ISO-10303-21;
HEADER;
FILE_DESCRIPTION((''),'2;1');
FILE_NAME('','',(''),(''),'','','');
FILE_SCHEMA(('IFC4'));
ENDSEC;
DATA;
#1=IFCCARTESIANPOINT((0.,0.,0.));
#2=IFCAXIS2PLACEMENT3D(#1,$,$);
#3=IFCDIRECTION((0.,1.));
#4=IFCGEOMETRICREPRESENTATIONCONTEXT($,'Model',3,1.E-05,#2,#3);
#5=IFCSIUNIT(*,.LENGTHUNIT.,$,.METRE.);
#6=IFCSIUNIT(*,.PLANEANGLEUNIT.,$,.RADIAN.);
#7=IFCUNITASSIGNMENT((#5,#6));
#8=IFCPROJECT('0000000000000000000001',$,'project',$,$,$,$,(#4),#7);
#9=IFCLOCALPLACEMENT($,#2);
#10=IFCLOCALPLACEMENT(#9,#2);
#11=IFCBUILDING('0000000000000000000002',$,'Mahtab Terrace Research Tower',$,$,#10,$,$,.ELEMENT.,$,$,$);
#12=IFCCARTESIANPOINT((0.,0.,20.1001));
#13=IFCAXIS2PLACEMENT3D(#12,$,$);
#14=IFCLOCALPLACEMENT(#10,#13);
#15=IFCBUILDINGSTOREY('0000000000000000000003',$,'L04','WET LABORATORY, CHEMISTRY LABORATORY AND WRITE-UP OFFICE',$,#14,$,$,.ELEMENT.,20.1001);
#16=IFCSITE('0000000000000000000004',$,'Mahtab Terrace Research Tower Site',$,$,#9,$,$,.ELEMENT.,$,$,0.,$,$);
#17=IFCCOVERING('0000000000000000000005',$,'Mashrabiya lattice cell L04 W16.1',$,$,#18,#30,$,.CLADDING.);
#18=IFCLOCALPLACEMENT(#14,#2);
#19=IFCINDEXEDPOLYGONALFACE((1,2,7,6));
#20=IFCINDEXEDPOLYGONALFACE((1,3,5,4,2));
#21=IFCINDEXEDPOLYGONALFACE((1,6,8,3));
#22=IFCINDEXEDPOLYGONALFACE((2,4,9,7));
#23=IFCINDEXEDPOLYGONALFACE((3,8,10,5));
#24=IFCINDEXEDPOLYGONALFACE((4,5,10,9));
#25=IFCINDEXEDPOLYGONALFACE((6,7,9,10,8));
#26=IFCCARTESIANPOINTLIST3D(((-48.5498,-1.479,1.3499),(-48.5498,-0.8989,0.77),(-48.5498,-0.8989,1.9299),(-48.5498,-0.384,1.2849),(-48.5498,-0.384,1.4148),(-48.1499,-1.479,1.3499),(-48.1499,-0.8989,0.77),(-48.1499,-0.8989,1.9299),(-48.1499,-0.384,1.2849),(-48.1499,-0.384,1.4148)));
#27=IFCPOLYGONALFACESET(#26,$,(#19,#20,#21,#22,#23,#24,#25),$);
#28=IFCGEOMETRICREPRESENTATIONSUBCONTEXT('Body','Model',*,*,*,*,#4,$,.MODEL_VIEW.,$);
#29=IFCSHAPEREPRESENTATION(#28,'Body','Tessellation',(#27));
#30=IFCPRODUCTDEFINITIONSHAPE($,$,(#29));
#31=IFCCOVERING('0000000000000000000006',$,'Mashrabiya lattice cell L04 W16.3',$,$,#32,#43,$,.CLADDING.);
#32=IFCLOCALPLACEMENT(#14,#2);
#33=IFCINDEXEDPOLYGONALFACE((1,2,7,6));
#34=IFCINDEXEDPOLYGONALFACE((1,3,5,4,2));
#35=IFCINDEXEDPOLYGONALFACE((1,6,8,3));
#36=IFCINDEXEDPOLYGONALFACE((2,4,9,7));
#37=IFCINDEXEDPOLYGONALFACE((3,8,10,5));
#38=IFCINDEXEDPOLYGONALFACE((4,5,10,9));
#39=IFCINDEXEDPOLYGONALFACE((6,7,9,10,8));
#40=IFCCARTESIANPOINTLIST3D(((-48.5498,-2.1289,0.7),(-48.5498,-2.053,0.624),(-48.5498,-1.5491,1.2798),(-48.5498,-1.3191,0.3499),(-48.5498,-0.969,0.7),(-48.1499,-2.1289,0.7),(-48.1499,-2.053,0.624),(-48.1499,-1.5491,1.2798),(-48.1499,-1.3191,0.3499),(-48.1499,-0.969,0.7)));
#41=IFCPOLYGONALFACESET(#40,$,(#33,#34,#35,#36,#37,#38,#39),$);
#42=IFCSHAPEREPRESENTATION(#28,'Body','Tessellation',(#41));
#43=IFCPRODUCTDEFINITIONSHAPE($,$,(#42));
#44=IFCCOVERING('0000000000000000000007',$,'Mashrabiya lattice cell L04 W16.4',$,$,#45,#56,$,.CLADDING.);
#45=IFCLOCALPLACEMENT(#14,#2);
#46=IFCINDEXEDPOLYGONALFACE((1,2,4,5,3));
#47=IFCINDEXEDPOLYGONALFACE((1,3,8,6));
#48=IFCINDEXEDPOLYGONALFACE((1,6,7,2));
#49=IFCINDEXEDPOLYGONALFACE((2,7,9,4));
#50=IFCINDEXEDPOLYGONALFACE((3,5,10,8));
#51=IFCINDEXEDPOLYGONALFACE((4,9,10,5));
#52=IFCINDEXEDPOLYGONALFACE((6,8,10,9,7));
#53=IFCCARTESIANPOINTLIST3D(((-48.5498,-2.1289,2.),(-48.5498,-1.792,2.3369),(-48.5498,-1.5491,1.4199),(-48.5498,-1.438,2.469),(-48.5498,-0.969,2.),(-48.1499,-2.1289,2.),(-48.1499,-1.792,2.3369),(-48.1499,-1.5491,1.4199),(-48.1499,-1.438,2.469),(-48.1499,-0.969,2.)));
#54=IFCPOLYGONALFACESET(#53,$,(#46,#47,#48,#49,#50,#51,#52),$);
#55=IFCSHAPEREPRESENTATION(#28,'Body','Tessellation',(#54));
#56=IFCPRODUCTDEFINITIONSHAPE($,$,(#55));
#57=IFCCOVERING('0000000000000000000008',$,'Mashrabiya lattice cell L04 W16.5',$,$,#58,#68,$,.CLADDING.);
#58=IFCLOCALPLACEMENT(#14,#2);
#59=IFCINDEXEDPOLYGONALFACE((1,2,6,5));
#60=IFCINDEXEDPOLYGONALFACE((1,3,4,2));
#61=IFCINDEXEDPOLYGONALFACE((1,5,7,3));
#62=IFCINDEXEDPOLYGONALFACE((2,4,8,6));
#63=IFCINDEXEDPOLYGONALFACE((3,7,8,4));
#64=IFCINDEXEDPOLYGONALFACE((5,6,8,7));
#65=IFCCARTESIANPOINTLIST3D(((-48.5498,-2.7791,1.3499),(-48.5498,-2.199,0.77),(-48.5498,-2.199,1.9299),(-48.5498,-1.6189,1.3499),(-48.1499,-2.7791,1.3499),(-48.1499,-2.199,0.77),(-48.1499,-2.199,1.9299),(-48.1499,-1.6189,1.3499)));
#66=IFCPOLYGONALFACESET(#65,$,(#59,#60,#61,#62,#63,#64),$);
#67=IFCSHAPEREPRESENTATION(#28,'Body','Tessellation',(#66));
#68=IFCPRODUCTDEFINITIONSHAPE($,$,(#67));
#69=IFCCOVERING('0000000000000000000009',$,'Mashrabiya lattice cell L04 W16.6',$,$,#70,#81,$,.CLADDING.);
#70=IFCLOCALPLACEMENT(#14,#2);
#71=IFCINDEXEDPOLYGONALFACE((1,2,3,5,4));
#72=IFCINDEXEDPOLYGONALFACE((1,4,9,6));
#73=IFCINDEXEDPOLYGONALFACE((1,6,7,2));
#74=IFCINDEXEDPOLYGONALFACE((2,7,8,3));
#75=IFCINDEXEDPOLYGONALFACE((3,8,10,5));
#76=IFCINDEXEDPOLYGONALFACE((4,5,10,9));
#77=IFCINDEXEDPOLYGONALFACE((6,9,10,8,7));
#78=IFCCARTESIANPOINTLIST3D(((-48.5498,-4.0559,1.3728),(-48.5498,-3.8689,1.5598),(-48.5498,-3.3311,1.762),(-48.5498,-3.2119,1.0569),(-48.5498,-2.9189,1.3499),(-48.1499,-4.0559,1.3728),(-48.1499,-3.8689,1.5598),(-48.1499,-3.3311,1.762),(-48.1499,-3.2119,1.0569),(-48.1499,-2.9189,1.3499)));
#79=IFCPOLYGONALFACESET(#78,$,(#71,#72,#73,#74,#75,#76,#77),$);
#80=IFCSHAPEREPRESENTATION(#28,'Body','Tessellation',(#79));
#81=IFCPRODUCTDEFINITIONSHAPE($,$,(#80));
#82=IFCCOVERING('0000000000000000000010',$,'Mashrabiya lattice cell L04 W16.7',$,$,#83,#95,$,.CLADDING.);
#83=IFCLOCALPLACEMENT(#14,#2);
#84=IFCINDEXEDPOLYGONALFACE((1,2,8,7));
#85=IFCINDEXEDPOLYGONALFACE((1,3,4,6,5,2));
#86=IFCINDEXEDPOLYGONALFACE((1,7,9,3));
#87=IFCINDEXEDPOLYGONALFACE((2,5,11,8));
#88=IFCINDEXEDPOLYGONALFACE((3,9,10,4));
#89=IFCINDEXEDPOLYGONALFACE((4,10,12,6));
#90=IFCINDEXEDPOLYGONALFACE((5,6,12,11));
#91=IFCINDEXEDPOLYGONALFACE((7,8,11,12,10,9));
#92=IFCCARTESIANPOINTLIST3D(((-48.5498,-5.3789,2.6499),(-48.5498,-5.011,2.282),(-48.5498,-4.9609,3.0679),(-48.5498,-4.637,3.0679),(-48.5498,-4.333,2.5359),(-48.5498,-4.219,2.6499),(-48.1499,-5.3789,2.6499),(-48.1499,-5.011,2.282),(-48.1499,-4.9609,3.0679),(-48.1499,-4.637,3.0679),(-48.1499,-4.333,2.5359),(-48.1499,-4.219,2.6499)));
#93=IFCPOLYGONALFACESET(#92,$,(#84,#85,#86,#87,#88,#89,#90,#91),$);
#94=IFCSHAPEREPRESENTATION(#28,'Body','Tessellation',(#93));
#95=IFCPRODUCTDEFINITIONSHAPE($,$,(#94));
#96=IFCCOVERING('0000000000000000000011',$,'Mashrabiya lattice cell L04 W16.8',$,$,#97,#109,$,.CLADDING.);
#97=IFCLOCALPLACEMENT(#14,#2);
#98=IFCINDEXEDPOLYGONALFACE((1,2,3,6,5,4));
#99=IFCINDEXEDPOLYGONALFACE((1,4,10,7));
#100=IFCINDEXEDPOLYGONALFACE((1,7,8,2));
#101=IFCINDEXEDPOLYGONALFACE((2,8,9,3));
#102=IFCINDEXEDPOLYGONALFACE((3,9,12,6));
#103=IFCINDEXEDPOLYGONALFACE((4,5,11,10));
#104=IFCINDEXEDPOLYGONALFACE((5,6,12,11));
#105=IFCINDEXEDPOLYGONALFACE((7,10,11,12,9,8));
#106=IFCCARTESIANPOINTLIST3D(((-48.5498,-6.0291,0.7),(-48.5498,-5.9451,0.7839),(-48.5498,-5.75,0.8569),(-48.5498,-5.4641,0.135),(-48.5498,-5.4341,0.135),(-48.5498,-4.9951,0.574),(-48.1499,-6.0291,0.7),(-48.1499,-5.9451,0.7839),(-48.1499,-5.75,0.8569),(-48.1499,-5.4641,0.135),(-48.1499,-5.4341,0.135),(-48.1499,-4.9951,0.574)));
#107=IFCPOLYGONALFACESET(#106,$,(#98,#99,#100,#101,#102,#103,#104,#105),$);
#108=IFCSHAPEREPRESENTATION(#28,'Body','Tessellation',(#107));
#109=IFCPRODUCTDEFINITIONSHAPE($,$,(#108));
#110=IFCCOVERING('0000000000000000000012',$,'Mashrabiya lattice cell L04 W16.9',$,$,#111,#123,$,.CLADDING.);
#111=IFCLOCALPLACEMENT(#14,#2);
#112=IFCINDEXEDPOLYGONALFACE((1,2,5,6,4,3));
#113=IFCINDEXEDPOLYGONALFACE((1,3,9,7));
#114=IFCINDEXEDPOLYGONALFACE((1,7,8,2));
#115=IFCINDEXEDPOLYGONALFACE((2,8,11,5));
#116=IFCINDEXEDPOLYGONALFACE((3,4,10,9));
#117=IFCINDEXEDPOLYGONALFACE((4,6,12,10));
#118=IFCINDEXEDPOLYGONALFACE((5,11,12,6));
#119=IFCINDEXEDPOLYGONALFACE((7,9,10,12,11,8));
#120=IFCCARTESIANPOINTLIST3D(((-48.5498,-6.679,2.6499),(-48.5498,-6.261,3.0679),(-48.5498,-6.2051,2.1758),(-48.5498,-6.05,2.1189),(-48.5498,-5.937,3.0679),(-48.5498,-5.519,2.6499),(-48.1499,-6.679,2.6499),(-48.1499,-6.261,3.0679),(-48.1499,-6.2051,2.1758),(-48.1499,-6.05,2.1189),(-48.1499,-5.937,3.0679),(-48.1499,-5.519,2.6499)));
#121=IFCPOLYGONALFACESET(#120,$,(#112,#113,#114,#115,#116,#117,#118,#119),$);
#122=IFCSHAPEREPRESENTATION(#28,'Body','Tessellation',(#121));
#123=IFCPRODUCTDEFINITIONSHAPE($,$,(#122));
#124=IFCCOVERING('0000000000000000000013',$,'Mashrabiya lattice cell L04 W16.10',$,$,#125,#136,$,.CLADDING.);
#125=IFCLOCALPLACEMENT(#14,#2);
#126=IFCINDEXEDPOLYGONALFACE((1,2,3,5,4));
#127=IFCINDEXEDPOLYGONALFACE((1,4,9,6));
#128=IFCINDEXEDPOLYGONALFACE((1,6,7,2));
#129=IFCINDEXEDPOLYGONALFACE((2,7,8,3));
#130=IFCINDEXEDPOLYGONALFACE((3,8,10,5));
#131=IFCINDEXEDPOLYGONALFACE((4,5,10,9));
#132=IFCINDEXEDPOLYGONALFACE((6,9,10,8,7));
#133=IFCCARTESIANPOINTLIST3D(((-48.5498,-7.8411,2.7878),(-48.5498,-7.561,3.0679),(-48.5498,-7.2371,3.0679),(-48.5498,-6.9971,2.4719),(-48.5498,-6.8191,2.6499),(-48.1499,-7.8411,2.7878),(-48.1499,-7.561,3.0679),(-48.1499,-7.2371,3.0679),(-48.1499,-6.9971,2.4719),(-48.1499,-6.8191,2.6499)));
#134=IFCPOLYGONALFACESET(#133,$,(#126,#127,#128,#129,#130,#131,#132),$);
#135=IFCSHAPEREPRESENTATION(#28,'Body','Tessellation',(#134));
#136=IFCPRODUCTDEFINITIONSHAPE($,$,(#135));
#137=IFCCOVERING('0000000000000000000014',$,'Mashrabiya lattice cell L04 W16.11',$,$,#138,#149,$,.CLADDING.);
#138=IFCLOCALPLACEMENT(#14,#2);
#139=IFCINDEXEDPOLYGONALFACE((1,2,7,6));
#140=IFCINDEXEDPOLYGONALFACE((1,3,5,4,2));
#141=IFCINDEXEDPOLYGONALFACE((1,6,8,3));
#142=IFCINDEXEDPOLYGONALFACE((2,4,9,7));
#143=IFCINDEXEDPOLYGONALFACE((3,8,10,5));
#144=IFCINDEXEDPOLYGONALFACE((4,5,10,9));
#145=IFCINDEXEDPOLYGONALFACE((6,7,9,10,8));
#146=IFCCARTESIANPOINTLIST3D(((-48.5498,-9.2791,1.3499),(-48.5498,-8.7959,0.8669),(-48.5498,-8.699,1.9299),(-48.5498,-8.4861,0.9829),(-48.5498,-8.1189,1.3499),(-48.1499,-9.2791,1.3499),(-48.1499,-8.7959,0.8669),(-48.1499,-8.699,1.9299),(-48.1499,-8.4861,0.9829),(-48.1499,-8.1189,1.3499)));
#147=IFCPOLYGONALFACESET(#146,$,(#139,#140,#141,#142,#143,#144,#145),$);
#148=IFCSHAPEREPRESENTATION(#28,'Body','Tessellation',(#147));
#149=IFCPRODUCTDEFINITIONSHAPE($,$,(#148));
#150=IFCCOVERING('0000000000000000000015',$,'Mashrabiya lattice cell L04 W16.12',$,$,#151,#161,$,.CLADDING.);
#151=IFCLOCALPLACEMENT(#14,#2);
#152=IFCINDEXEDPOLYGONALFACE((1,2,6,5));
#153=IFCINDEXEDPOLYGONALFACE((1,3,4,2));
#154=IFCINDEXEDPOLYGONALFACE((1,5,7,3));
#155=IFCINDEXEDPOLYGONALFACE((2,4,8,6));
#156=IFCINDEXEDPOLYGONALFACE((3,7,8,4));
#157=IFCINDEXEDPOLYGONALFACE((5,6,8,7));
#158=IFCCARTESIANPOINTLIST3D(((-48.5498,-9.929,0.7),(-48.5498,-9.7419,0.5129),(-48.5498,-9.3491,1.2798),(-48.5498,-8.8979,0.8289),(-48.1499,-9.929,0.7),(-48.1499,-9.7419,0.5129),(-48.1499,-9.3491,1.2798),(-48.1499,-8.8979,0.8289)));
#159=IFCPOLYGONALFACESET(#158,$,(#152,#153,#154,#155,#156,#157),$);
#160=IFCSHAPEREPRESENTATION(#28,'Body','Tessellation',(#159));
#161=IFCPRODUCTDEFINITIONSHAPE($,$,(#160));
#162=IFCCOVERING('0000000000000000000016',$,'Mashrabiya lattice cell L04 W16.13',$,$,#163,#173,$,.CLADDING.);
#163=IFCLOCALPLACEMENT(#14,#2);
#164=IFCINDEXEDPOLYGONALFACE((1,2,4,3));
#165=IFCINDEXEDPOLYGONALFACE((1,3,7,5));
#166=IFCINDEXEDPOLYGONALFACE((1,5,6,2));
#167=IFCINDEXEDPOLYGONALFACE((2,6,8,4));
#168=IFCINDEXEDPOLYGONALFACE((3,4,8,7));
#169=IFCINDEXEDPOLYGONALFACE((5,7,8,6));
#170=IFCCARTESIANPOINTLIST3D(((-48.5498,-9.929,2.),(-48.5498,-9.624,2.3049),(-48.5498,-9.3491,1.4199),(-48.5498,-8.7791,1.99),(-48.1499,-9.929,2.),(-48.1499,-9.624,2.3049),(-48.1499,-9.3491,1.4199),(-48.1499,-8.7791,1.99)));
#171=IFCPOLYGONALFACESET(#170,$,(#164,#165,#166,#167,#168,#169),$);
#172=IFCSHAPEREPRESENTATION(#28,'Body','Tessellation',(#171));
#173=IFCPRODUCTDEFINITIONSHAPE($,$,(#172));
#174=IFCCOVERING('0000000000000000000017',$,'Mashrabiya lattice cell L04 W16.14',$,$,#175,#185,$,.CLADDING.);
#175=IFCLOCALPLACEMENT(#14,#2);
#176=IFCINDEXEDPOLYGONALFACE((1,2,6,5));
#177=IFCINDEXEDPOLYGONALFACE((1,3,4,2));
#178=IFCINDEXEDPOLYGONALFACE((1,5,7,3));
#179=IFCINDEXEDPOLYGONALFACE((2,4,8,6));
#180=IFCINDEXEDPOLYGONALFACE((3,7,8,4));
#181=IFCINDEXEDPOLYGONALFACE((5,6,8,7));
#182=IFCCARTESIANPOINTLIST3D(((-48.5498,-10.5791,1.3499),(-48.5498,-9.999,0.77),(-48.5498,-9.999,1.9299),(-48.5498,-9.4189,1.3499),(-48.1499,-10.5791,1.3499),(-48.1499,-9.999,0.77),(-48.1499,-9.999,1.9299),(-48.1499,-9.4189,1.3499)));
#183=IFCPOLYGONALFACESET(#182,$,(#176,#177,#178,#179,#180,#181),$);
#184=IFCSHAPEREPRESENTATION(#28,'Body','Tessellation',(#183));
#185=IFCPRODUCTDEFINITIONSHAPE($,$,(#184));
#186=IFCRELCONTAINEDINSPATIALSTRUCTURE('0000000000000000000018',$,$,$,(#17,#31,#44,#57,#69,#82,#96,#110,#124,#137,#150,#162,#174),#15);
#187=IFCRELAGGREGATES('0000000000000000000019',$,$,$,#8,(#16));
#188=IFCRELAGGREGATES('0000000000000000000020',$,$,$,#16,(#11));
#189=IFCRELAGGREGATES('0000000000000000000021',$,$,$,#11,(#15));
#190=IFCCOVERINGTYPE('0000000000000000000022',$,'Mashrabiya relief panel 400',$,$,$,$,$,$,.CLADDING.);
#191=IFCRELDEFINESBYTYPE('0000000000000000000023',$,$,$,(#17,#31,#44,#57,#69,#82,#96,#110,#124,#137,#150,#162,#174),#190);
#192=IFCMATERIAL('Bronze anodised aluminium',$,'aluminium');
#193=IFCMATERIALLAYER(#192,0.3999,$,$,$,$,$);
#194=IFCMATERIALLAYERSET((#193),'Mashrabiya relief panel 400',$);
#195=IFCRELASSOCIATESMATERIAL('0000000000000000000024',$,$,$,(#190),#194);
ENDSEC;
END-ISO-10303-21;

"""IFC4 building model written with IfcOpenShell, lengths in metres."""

from ifc_helpers import new_model, si_unit, direction, frame, origin, place, context, subcontext, project, spatial, polyline, outline, extrude, material, layer, layer_set, type_object, element, save


model = new_model("IFC4")

# Units and contexts
model_context = context("Model", 3, precision=1e-05, world=origin(), true_north=direction((0.0, 1.0)))
body_context = subcontext(model_context, "Body", "Model", "MODEL_VIEW")
ifc_project = project(units=[si_unit("LENGTHUNIT", "METRE"), si_unit("PLANEANGLEUNIT", "RADIAN")], contexts=[model_context])

# Site, building, storey
site_placement = place(None, origin())
site = spatial("IfcSite", under=ifc_project, at=site_placement, Name="Mahtab Terrace Research Tower Site", CompositionType="ELEMENT", RefElevation=0.0)
building_placement = place(site_placement, origin())
building = spatial("IfcBuilding", under=site, at=building_placement, Name="Mahtab Terrace Research Tower", CompositionType="ELEMENT")
storey_placement = place(building_placement, frame((0.0, 0.0, 20.1001)))
storey = spatial("IfcBuildingStorey", under=building, at=storey_placement, Name="L04", Description="WET LABORATORY, CHEMISTRY LABORATORY AND WRITE-UP OFFICE", CompositionType="ELEMENT", Elevation=20.1001)

# Coverings
ifc_material = material(Name="Bronze anodised aluminium", Category="aluminium")
ifc_layer = layer(ifc_material, 0.3999)
ifc_layer_set = layer_set([ifc_layer], Name="Mashrabiya relief panel 400")
covering_type = type_object("IfcCoveringType", Name="Mashrabiya relief panel 400", PredefinedType="CLADDING", material=ifc_layer_set)
covering_1_placement = place(storey_placement, frame((-48.1499, -0.8989, 1.9299), z_axis=(1.0, 0.0, 0.0), x_axis=(0.0, -0.707107, -0.707107)))
element("IfcCovering", 1, at=covering_1_placement, inside=storey, type_object=covering_type, Name="Mashrabiya lattice cell L04 W16.1", PredefinedType="CLADDING", context=body_context, shape_type="SweptSolid", body=[
    extrude(outline(polyline([(0.0, 0.0), (0.8204, 0.0), (0.8202, 0.8202), (0.092, 0.8202), (0.0002, 0.7283), (0.0, 0.0)])), origin(), (0.0, 0.0, -1.0), 0.3999),
])
covering_2_placement = place(storey_placement, frame((-48.1499, -0.969, 0.7), z_axis=(1.0, 0.0, 0.0), x_axis=(0.0, -0.707256, 0.706958)))
element("IfcCovering", 2, at=covering_2_placement, inside=storey, type_object=covering_type, Name="Mashrabiya lattice cell L04 W16.3", PredefinedType="CLADDING", context=body_context, shape_type="SweptSolid", body=[
    extrude(outline(polyline([(0.0, 0.0), (0.8202, 0.0), (0.8204, 0.82), (0.713, 0.82), (0.0001, 0.4951), (0.0, 0.0)])), origin(), (0.0, 0.0, -1.0), 0.3999),
])
covering_3_placement = place(storey_placement, frame((-48.1499, -2.1289, 2.0), z_axis=(1.0, 0.0, 0.0), x_axis=(0.0, 0.706958, -0.707256)))
element("IfcCovering", 3, at=covering_3_placement, inside=storey, type_object=covering_type, Name="Mashrabiya lattice cell L04 W16.4", PredefinedType="CLADDING", context=body_context, shape_type="SweptSolid", body=[
    extrude(outline(polyline([(0.0, 0.0), (0.8202, 0.0), (0.82, 0.8204), (0.1568, 0.8202), (-0.0001, 0.4765), (0.0, 0.0)])), origin(), (0.0, 0.0, -1.0), 0.3999),
])
covering_4_placement = place(storey_placement, frame((-48.1499, -2.199, 1.9299), z_axis=(1.0, 0.0, 0.0), x_axis=(0.0, -0.707107, -0.707107)))
element("IfcCovering", 4, at=covering_4_placement, inside=storey, type_object=covering_type, Name="Mashrabiya lattice cell L04 W16.5", PredefinedType="CLADDING", context=body_context, shape_type="SweptSolid", body=[
    extrude(outline(polyline([(0.0, 0.0), (0.8204, 0.0), (0.8202, 0.8202), (0.0, 0.8204), (0.0, 0.0)])), origin(), (0.0, 0.0, -1.0), 0.3999),
])
covering_5_placement = place(storey_placement, frame((-48.1499, -2.9189, 1.3499), z_axis=(1.0, 0.0, 0.0), x_axis=(0.0, -0.707107, 0.707107)))
element("IfcCovering", 5, at=covering_5_placement, inside=storey, type_object=covering_type, Name="Mashrabiya lattice cell L04 W16.6", PredefinedType="CLADDING", context=body_context, shape_type="SweptSolid", body=[
    extrude(outline(polyline([(0.0, 0.0), (0.5828, 0.0), (0.8202, 0.5233), (0.8202, 0.7877), (0.0, 0.4143), (0.0, 0.0)])), origin(), (0.0, 0.0, -1.0), 0.3999),
])
covering_6_placement = place(storey_placement, frame((-48.1499, -4.219, 2.6499), z_axis=(1.0, 0.0, 0.0), x_axis=(0.0, -0.707107, 0.707107)))
element("IfcCovering", 6, at=covering_6_placement, inside=storey, type_object=covering_type, Name="Mashrabiya lattice cell L04 W16.7", PredefinedType="CLADDING", context=body_context, shape_type="SweptSolid", body=[
    extrude(outline(polyline([(0.0, 0.0), (0.5911, 0.0), (0.8202, 0.2291), (0.8202, 0.8202), (0.2999, 0.8202), (0.0, 0.1612), (0.0, 0.0)])), origin(), (0.0, 0.0, -1.0), 0.3999),
])
covering_7_placement = place(storey_placement, frame((-48.1499, -4.9951, 0.574), z_axis=(1.0, 0.0, 0.0), x_axis=(0.0, -0.936379, 0.350991)))
element("IfcCovering", 7, at=covering_7_placement, inside=storey, type_object=covering_type, Name="Mashrabiya lattice cell L04 W16.8", PredefinedType="CLADDING", context=body_context, shape_type="SweptSolid", body=[
    extrude(outline(polyline([(0.0, 0.0), (0.8062, 0.0), (0.9632, 0.1368), (1.0124, 0.2449), (0.2851, 0.5757), (0.257, 0.5651), (0.0, 0.0)])), origin(), (0.0, 0.0, -1.0), 0.3999),
])
covering_8_placement = place(storey_placement, frame((-48.1499, -5.519, 2.6499), z_axis=(1.0, 0.0, 0.0), x_axis=(0.0, -0.707107, 0.707107)))
element("IfcCovering", 8, at=covering_8_placement, inside=storey, type_object=covering_type, Name="Mashrabiya lattice cell L04 W16.9", PredefinedType="CLADDING", context=body_context, shape_type="SweptSolid", body=[
    extrude(outline(polyline([(0.0, 0.0), (0.5911, 0.0), (0.8202, 0.2291), (0.8202, 0.8202), (0.1498, 0.8204), (0.0, 0.751), (0.0, 0.0)])), origin(), (0.0, 0.0, -1.0), 0.3999),
])
covering_9_placement = place(storey_placement, frame((-48.1499, -6.8191, 2.6499), z_axis=(1.0, 0.0, 0.0), x_axis=(0.0, -0.707107, 0.707107)))
element("IfcCovering", 9, at=covering_9_placement, inside=storey, type_object=covering_type, Name="Mashrabiya lattice cell L04 W16.10", PredefinedType="CLADDING", context=body_context, shape_type="SweptSolid", body=[
    extrude(outline(polyline([(0.0, 0.0), (0.5911, 0.0), (0.8202, 0.2291), (0.8202, 0.6251), (0.0, 0.2517), (0.0, 0.0)])), origin(), (0.0, 0.0, -1.0), 0.3999),
])
covering_10_placement = place(storey_placement, frame((-48.1499, -8.1189, 1.3499), z_axis=(1.0, 0.0, 0.0), x_axis=(0.0, -0.707107, 0.707107)))
element("IfcCovering", 10, at=covering_10_placement, inside=storey, type_object=covering_type, Name="Mashrabiya lattice cell L04 W16.11", PredefinedType="CLADDING", context=body_context, shape_type="SweptSolid", body=[
    extrude(outline(polyline([(0.0, 0.0), (0.8204, 0.0), (0.8204, 0.8204), (0.1372, 0.8202), (0.0002, 0.5191), (0.0, 0.0)])), origin(), (0.0, 0.0, -1.0), 0.3999),
])
covering_11_placement = place(storey_placement, frame((-48.1499, -9.3491, 1.2798), z_axis=(1.0, 0.0, 0.0), x_axis=(0.0, -0.707107, -0.707107)))
element("IfcCovering", 11, at=covering_11_placement, inside=storey, type_object=covering_type, Name="Mashrabiya lattice cell L04 W16.12", PredefinedType="CLADDING", context=body_context, shape_type="SweptSolid", body=[
    extrude(outline(polyline([(0.0, 0.0), (0.82, 0.0), (0.82, 0.2645), (-0.0002, 0.6379), (0.0, 0.0)])), origin(), (0.0, 0.0, -1.0), 0.3999),
])
covering_12_placement = place(storey_placement, frame((-48.1499, -9.929, 2.0), z_axis=(1.0, 0.0, 0.0), x_axis=(0.0, 0.706958, -0.707256)))
element("IfcCovering", 12, at=covering_12_placement, inside=storey, type_object=covering_type, Name="Mashrabiya lattice cell L04 W16.13", PredefinedType="CLADDING", context=body_context, shape_type="SweptSolid", body=[
    extrude(outline(polyline([(0.0, 0.0), (0.8202, 0.0), (0.82, 0.8062), (-0.0001, 0.4312), (0.0, 0.0)])), origin(), (0.0, 0.0, -1.0), 0.3999),
])
covering_13_placement = place(storey_placement, frame((-48.1499, -9.999, 1.9299), z_axis=(1.0, 0.0, 0.0), x_axis=(0.0, -0.707107, -0.707107)))
element("IfcCovering", 13, at=covering_13_placement, inside=storey, type_object=covering_type, Name="Mashrabiya lattice cell L04 W16.14", PredefinedType="CLADDING", context=body_context, shape_type="SweptSolid", body=[
    extrude(outline(polyline([(0.0, 0.0), (0.8204, 0.0), (0.8202, 0.8202), (0.0, 0.8204), (0.0, 0.0)])), origin(), (0.0, 0.0, -1.0), 0.3999),
])

save(model, "model.ifc")
